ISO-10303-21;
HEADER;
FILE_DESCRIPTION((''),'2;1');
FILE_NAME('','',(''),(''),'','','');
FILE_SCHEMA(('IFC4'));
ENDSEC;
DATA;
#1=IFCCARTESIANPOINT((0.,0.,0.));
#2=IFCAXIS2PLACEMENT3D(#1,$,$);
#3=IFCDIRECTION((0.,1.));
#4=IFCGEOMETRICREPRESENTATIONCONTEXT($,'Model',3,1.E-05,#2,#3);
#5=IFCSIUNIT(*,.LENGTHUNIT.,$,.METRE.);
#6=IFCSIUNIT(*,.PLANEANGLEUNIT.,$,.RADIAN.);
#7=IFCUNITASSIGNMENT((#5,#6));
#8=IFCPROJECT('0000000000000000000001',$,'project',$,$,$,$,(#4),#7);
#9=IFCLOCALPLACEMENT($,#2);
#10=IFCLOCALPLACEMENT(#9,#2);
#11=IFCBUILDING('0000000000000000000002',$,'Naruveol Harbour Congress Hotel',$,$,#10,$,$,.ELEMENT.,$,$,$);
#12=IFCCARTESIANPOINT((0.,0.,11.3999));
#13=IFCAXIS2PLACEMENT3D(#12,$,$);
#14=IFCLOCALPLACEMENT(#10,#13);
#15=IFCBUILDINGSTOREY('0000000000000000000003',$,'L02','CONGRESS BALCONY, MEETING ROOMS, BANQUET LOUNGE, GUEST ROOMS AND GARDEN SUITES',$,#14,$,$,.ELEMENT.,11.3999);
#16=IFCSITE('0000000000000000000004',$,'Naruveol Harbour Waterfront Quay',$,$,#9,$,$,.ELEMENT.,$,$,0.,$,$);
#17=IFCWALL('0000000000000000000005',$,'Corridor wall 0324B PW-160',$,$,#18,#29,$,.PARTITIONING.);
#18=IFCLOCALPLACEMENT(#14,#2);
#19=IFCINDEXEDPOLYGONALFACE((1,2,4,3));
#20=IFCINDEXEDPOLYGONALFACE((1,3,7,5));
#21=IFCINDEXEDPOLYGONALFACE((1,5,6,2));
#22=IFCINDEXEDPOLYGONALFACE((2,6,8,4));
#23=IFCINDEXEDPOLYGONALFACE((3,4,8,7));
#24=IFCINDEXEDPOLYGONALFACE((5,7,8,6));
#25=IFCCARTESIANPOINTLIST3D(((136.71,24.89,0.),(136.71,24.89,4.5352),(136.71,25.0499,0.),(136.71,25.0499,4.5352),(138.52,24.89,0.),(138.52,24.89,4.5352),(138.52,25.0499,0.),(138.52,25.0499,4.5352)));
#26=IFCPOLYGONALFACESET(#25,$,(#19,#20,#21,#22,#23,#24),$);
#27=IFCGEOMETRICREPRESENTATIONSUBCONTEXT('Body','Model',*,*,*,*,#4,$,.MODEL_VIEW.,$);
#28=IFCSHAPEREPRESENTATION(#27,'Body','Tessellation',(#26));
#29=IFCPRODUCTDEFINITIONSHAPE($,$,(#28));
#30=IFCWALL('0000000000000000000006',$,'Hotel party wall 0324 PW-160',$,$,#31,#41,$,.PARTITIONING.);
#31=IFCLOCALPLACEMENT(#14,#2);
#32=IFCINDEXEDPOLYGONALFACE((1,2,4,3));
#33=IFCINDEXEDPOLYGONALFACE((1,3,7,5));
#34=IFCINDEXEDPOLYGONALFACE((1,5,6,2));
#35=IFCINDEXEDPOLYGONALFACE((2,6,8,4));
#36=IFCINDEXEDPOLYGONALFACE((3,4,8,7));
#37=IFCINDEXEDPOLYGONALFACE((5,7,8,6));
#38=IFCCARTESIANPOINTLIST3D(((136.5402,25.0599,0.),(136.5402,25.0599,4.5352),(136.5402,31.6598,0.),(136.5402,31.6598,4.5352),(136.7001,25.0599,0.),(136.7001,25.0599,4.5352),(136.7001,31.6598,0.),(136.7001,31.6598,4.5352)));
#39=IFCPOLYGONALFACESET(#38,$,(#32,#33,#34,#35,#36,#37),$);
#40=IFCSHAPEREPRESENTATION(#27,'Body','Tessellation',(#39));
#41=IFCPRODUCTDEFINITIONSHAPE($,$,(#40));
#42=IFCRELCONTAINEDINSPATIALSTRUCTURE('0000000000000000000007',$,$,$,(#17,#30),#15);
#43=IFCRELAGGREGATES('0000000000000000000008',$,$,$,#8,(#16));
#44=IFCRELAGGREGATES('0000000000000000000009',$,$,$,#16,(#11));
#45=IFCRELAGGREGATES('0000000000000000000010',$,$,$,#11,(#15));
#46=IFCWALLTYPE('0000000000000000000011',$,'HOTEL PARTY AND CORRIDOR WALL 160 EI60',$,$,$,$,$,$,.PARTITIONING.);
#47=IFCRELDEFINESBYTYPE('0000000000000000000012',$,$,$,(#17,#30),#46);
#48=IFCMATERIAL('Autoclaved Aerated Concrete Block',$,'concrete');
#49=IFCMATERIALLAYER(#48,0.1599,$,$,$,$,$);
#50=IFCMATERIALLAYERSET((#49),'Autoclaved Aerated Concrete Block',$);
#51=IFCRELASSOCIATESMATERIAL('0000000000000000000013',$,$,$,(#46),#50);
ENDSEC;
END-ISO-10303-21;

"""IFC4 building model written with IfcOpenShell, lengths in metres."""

from ifc_helpers import new_model, si_unit, direction, frame, frame_2d, origin, place, context, subcontext, project, spatial, rectangle, extrude, material, layer, layer_set, type_object, element, save


model = new_model("IFC4")

# Units and contexts
model_context = context("Model", 3, precision=1e-05, world=origin(), true_north=direction((0.0, 1.0)))
body_context = subcontext(model_context, "Body", "Model", "MODEL_VIEW")
ifc_project = project(units=[si_unit("LENGTHUNIT", "METRE"), si_unit("PLANEANGLEUNIT", "RADIAN")], contexts=[model_context])

# Site, building, storey
site_placement = place(None, origin())
site = spatial("IfcSite", under=ifc_project, at=site_placement, Name="Naruveol Harbour Waterfront Quay", CompositionType="ELEMENT", RefElevation=0.0)
building_placement = place(site_placement, origin())
building = spatial("IfcBuilding", under=site, at=building_placement, Name="Naruveol Harbour Congress Hotel", CompositionType="ELEMENT")
storey_placement = place(building_placement, frame((0.0, 0.0, 11.3999)))
storey = spatial("IfcBuildingStorey", under=building, at=storey_placement, Name="L02", Description="CONGRESS BALCONY, MEETING ROOMS, BANQUET LOUNGE, GUEST ROOMS AND GARDEN SUITES", CompositionType="ELEMENT", Elevation=11.3999)

# Shared definitions
ifc_material_1 = material(Name="Autoclaved Aerated Concrete Block", Category="concrete")
ifc_layer_1 = layer(ifc_material_1, 0.1599)
ifc_layer_set_1 = layer_set([ifc_layer_1], Name="Autoclaved Aerated Concrete Block")
wall_type_1 = type_object("IfcWallType", Name="HOTEL PARTY AND CORRIDOR WALL 160 EI60", PredefinedType="PARTITIONING", material=ifc_layer_set_1)

# Walls
wall_1_placement = place(storey_placement, frame((136.71, 24.97, 0.0), z_axis=(0.0, 0.0, 1.0), x_axis=(1.0, 0.0, 0.0)))
element("IfcWall", 1, at=wall_1_placement, inside=storey, type_object=wall_type_1, Name="Corridor wall 0324B PW-160", PredefinedType="PARTITIONING", context=body_context, shape_type="SweptSolid", body=[
    extrude(rectangle(XDim=1.8101, YDim=0.1599, at=frame_2d((0.905, 0.0))), origin(), (0.0, 0.0, 1.0), 4.5352),
])
wall_2_placement = place(storey_placement, frame((136.6201, 25.0601, 0.0), z_axis=(0.0, 0.0, 1.0), x_axis=(0.0, 1.0, 0.0)))
element("IfcWall", 2, at=wall_2_placement, inside=storey, type_object=wall_type_1, Name="Hotel party wall 0324 PW-160", PredefinedType="PARTITIONING", context=body_context, shape_type="SweptSolid", body=[
    extrude(rectangle(XDim=6.5999, YDim=0.1599, at=frame_2d((3.2998, 0.0))), origin(), (0.0, 0.0, 1.0), 4.5352),
])

save(model, "model.ifc")
